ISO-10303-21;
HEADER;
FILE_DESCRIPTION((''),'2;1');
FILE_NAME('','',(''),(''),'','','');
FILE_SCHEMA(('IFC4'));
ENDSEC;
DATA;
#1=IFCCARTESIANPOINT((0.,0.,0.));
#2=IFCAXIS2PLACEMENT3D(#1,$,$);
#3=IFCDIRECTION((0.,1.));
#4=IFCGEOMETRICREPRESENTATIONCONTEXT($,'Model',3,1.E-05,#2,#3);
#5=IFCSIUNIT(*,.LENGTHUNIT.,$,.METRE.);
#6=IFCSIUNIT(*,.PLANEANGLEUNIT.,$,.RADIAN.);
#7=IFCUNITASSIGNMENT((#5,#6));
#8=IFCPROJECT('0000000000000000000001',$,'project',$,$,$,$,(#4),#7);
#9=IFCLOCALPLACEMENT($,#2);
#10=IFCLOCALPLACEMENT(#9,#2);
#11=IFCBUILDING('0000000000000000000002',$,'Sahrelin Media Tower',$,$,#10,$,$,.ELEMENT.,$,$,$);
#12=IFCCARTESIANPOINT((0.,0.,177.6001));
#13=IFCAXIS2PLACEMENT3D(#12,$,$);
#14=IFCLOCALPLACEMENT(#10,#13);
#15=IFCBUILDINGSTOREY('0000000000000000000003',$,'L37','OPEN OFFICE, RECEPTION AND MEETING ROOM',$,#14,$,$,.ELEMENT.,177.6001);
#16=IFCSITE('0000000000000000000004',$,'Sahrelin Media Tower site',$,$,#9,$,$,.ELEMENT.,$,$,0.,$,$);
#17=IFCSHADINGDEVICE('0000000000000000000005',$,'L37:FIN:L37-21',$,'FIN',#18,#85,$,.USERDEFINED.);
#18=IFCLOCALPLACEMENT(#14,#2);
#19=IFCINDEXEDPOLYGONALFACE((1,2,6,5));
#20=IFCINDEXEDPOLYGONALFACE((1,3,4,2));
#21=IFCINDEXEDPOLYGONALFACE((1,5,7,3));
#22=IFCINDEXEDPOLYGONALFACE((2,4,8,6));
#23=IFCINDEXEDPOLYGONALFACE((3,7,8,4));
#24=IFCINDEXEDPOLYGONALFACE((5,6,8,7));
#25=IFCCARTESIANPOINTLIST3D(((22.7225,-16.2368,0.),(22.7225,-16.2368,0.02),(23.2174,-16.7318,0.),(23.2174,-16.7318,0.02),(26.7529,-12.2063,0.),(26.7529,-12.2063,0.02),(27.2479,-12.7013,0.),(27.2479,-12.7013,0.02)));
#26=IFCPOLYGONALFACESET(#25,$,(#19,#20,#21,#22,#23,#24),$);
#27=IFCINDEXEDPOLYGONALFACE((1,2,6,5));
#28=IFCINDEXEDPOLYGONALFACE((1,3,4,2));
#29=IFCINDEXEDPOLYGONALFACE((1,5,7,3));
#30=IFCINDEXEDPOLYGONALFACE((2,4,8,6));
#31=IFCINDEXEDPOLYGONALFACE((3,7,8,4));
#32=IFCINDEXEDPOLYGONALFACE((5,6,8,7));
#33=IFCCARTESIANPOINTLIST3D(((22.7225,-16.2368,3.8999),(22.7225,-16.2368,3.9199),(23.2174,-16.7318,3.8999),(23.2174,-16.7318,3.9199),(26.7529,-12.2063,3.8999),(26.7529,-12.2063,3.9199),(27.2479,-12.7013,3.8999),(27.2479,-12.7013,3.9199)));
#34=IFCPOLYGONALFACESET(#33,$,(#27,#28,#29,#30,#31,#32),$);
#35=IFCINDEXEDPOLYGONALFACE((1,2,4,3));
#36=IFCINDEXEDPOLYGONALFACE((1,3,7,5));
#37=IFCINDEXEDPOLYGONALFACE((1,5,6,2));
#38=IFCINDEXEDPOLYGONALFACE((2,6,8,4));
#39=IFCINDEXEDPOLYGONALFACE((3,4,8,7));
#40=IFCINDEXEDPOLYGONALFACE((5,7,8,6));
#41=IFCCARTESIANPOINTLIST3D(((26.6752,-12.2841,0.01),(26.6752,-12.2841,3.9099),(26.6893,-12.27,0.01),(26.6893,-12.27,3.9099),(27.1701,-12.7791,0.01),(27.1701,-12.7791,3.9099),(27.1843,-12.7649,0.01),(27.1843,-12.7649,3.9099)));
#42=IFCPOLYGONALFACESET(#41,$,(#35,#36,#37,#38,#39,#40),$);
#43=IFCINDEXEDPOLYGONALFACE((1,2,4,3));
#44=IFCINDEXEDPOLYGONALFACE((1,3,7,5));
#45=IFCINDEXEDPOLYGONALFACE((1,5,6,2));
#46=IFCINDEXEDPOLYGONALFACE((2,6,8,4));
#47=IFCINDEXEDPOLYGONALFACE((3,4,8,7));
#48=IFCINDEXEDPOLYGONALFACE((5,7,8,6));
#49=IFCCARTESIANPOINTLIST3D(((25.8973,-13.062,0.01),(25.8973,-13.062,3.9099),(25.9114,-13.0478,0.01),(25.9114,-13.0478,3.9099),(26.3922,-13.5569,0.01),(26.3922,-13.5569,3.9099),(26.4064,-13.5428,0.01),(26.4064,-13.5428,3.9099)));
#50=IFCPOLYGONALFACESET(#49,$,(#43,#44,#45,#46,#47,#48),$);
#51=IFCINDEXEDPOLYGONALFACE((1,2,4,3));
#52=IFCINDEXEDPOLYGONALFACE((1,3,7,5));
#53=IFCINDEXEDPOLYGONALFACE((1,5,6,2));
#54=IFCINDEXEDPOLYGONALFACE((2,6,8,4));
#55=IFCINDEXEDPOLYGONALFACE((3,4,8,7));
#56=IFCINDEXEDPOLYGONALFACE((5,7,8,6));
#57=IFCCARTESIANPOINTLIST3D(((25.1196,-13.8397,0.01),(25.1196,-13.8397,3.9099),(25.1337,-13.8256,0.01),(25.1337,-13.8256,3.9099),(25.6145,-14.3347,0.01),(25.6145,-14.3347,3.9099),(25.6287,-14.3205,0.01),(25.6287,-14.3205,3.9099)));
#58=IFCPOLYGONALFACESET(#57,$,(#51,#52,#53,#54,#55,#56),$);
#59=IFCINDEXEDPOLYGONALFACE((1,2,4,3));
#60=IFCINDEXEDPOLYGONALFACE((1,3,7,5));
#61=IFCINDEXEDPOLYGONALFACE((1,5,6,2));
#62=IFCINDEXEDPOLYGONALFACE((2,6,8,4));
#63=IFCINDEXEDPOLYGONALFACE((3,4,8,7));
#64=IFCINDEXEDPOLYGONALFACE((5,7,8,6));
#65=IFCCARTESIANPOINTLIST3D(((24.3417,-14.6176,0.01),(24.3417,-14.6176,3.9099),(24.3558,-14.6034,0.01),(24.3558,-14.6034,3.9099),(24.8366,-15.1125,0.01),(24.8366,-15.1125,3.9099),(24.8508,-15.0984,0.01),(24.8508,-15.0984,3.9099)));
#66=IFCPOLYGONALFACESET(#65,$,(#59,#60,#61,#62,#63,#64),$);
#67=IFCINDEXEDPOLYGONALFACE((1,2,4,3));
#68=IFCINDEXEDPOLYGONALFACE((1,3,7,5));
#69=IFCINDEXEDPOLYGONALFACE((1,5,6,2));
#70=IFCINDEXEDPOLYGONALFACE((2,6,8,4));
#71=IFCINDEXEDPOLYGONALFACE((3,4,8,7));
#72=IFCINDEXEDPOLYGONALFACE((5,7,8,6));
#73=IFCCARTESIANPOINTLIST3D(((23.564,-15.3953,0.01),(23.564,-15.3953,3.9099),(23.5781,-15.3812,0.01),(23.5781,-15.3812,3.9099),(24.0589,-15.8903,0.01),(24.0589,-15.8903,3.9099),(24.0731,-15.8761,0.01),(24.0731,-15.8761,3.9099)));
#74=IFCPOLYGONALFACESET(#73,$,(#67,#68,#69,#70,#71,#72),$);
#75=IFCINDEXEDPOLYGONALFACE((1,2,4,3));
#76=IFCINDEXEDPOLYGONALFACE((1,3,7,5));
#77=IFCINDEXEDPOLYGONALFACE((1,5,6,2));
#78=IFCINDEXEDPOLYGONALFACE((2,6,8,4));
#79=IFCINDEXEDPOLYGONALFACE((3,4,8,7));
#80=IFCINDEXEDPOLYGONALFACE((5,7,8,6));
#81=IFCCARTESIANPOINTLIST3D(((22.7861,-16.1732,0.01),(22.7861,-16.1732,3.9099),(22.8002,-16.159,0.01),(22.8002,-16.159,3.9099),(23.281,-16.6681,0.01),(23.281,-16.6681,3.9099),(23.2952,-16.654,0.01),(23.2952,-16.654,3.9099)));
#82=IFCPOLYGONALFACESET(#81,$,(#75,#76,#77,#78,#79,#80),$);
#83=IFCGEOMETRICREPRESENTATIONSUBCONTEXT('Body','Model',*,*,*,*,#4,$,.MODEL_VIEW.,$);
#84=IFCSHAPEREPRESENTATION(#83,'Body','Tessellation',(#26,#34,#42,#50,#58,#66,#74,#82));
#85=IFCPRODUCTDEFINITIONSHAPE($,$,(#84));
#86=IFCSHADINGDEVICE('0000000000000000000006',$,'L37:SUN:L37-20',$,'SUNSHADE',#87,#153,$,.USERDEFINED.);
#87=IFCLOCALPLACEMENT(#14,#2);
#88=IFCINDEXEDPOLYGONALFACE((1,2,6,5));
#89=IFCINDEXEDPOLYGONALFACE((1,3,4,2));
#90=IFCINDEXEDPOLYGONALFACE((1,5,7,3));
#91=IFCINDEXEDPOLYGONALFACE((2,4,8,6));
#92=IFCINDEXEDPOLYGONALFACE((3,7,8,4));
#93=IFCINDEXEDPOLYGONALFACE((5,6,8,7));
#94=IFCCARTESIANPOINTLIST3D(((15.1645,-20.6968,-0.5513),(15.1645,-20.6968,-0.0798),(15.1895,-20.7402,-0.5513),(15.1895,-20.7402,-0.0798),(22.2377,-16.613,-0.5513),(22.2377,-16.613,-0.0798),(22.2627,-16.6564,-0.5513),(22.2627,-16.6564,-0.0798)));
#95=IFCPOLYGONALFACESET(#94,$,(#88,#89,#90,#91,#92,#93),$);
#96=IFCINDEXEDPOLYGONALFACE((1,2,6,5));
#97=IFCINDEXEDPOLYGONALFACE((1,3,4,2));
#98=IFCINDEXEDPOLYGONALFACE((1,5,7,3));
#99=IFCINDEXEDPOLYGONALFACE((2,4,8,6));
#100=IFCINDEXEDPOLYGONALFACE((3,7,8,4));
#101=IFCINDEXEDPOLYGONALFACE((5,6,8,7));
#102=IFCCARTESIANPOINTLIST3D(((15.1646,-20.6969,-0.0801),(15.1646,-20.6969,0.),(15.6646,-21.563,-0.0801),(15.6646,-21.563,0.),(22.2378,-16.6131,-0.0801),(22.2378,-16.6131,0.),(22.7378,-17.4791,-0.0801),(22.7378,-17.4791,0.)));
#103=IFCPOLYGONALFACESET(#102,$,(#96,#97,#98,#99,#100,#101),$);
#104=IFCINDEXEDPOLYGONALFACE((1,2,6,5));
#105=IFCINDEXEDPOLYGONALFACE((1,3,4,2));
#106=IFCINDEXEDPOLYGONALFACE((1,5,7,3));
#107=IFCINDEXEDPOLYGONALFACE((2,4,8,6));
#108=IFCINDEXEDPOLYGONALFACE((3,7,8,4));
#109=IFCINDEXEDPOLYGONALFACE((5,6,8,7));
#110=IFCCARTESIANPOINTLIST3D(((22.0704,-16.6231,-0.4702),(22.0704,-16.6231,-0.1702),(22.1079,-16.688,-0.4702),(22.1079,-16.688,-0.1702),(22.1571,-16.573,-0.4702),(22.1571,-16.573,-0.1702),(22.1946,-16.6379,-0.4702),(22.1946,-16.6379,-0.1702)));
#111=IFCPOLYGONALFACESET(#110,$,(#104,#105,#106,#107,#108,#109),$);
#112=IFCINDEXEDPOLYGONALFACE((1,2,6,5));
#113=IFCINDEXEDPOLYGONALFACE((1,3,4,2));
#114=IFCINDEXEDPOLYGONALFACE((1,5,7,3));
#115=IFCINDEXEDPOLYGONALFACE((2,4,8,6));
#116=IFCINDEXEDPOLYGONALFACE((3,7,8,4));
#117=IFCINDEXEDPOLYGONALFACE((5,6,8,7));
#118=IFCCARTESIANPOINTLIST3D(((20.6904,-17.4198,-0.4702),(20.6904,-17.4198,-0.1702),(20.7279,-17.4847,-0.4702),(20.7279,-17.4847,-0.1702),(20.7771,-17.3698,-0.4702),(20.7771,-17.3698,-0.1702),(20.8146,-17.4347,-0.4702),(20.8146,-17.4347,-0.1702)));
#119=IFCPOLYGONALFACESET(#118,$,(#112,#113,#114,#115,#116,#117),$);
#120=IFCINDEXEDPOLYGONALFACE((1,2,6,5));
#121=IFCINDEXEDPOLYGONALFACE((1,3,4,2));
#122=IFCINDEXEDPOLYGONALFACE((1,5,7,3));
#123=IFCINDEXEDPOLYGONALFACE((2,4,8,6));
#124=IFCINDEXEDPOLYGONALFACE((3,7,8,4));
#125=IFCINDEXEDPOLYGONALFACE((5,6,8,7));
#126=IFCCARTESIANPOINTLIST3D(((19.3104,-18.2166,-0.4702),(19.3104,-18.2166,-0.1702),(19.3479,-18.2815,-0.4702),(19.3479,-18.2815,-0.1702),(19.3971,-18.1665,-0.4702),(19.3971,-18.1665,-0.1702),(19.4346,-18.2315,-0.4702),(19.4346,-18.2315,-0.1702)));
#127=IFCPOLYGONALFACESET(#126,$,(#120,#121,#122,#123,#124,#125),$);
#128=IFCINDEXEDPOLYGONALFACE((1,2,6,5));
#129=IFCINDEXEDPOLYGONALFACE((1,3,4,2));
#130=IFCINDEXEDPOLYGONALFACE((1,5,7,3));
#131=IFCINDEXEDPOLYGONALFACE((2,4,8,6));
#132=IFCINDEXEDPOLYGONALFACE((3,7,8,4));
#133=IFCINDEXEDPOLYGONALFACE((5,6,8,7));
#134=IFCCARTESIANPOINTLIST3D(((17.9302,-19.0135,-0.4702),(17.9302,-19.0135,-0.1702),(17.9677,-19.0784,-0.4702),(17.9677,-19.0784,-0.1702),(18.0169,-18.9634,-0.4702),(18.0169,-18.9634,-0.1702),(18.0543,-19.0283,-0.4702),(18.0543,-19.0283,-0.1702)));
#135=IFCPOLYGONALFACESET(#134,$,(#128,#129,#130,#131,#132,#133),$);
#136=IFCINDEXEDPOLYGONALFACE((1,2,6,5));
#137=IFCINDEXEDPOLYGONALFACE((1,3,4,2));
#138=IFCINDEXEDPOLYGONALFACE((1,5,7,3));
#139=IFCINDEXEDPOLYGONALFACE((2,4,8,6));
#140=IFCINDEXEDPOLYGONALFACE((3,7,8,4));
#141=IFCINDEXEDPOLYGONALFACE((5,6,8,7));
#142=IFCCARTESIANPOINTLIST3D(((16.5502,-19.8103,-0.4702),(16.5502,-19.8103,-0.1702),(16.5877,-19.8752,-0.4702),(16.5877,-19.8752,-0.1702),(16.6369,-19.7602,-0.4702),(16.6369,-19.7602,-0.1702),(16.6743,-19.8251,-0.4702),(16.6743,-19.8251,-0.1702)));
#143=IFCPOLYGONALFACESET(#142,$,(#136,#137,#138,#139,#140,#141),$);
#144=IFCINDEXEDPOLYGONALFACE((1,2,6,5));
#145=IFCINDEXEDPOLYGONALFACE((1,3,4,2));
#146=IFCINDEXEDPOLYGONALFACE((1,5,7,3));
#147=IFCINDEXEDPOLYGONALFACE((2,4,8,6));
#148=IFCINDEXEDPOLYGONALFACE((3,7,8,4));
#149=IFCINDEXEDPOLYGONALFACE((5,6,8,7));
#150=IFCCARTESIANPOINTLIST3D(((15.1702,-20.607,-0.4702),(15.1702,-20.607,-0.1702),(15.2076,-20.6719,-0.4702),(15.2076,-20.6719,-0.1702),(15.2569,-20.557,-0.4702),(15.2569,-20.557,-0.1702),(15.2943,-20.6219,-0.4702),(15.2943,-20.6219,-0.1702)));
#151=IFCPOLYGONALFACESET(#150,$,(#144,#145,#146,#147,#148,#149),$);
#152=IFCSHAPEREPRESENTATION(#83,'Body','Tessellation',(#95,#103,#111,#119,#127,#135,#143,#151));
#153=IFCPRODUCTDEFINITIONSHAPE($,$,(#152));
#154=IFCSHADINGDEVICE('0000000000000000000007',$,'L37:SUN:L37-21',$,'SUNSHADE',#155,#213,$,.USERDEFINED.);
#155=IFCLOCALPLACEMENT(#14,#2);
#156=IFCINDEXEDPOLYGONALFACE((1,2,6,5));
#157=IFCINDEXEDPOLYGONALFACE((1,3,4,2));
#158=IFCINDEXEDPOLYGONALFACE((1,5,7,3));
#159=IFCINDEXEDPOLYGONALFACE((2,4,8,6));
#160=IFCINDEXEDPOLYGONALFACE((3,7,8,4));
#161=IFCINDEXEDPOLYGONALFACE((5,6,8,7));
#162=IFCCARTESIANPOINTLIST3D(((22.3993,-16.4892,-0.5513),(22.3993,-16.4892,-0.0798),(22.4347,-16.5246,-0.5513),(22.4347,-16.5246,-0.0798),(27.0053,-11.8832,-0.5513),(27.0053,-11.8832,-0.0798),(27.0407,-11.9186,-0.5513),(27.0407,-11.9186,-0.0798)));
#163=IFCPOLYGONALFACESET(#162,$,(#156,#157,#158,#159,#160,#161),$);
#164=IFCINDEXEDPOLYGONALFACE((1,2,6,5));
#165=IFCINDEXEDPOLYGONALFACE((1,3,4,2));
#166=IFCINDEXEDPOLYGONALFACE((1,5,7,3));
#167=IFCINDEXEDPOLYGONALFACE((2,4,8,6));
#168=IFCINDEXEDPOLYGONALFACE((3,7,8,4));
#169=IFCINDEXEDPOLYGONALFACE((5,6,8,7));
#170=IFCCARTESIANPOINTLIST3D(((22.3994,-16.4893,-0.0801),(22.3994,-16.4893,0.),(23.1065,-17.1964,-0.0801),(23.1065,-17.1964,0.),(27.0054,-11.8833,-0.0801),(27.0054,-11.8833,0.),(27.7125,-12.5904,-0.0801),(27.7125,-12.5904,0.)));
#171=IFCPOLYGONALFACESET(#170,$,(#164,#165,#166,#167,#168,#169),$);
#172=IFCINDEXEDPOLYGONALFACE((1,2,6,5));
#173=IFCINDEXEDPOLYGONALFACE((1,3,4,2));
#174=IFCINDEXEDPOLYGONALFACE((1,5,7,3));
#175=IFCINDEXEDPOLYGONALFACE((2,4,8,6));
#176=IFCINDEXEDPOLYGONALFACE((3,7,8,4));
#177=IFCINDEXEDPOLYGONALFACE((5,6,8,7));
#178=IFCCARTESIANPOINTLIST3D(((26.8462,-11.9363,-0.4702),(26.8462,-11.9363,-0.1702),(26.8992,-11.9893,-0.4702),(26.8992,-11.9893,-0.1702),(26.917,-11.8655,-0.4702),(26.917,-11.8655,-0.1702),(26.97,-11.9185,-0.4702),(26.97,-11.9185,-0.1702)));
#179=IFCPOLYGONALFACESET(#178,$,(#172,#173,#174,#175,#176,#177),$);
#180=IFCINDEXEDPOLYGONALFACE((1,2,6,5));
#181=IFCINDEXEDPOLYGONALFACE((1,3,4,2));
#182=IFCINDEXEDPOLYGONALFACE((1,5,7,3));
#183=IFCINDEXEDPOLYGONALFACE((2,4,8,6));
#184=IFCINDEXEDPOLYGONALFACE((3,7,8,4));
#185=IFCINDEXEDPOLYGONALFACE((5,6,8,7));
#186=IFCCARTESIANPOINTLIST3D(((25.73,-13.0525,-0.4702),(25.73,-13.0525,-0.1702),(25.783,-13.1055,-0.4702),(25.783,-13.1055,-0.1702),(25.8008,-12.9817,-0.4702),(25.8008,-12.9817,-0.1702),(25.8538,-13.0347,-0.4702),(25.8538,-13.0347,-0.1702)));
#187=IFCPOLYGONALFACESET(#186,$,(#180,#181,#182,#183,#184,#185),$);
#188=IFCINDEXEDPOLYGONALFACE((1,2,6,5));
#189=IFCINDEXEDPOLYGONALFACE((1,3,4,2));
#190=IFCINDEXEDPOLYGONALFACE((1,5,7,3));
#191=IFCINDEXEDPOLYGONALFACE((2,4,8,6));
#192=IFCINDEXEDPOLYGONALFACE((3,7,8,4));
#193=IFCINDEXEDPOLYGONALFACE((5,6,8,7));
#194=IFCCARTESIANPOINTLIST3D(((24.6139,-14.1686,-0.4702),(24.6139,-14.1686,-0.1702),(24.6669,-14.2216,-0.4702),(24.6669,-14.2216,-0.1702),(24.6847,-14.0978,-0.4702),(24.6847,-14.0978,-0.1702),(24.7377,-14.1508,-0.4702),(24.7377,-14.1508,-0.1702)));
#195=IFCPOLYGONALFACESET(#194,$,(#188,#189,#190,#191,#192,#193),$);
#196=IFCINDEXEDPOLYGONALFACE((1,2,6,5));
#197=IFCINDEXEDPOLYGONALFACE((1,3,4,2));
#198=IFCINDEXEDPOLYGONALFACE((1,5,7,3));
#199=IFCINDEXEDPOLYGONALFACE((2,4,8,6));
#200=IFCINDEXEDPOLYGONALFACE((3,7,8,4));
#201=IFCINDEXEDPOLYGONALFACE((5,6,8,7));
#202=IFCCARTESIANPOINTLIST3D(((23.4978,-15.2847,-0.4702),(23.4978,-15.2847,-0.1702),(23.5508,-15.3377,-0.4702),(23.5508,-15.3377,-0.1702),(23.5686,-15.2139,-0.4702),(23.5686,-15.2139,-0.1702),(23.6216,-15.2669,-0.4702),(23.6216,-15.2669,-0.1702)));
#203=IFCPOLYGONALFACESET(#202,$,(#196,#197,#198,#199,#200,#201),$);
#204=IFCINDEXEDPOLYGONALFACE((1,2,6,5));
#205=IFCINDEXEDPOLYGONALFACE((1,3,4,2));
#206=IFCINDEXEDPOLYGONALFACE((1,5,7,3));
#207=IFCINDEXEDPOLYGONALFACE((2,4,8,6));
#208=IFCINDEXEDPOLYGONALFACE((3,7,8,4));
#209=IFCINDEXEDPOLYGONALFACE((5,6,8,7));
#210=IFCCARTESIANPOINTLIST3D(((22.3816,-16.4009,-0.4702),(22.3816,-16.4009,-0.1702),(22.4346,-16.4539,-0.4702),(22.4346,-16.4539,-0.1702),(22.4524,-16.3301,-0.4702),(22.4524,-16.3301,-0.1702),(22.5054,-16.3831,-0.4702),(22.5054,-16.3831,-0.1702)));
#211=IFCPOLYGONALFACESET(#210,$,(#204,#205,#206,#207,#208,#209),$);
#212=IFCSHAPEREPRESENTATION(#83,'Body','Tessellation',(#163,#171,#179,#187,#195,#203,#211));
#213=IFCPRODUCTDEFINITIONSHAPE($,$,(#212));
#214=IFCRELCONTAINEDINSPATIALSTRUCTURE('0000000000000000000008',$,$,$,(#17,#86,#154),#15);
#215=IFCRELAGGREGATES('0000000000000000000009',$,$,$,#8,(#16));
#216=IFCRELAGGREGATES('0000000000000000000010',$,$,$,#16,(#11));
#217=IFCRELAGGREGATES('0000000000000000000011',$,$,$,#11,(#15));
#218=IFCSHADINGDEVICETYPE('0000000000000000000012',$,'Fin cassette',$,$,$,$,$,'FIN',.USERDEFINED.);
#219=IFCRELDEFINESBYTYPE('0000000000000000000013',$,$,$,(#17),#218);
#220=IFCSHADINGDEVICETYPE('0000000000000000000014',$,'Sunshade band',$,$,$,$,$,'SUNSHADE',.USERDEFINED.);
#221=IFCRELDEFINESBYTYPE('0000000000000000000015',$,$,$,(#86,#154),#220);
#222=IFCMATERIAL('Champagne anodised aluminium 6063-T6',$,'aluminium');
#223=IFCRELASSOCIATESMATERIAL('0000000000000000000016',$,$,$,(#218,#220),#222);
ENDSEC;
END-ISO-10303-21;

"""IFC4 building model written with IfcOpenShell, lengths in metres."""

from ifc_helpers import new_model, si_unit, direction, frame, origin, origin_2d, place, context, subcontext, project, spatial, rectangle, extrude, material, type_object, element, save


model = new_model("IFC4")

# Units and contexts
model_context = context("Model", 3, precision=1e-05, world=origin(), true_north=direction((0.0, 1.0)))
body_context = subcontext(model_context, "Body", "Model", "MODEL_VIEW")
ifc_project = project(units=[si_unit("LENGTHUNIT", "METRE"), si_unit("PLANEANGLEUNIT", "RADIAN")], contexts=[model_context])

# Site, building, storey
site_placement = place(None, origin())
site = spatial("IfcSite", under=ifc_project, at=site_placement, Name="Sahrelin Media Tower site", CompositionType="ELEMENT", RefElevation=0.0)
building_placement = place(site_placement, origin())
building = spatial("IfcBuilding", under=site, at=building_placement, Name="Sahrelin Media Tower", CompositionType="ELEMENT")
storey_placement = place(building_placement, frame((0.0, 0.0, 177.6001)))
storey = spatial("IfcBuildingStorey", under=building, at=storey_placement, Name="L37", Description="OPEN OFFICE, RECEPTION AND MEETING ROOM", CompositionType="ELEMENT", Elevation=177.6001)

# Shared definitions
ifc_material_1 = material(Name="Champagne anodised aluminium 6063-T6", Category="aluminium")

# Shading devices
shading_device_type_1 = type_object("IfcShadingDeviceType", Name="Fin cassette", ElementType="FIN", PredefinedType="USERDEFINED", material=ifc_material_1)
placement_1 = place(storey_placement, frame((18.6912, -18.6377, 0.0), z_axis=(0.0, 0.0, 1.0), x_axis=(-0.866019, -0.500011, 0.0)))
placement_2 = place(storey_placement, frame((24.6882, -14.1721, 0.0), z_axis=(0.0, 0.0, 1.0), x_axis=(-0.707107, -0.707107, 0.0)))
element("IfcShadingDevice", 1, at=placement_2, inside=storey, type_object=shading_device_type_1, Name="L37:FIN:L37-21", ObjectType="FIN", PredefinedType="USERDEFINED", context=body_context, shape_type="SweptSolid", body=[
    extrude(rectangle(XDim=5.7, YDim=0.7, at=origin_2d()), frame((0.0, 0.4199, 0.0)), (0.0, 0.0, 1.0), 0.02),
    extrude(rectangle(XDim=5.7, YDim=0.7, at=origin_2d()), frame((0.0, 0.4199, 3.8999)), (0.0, 0.0, 1.0), 0.02),
    extrude(rectangle(XDim=0.02, YDim=0.7, at=origin_2d()), frame((-2.75, 0.4199, 0.01), z_axis=(0.0, 0.0, 1.0), x_axis=(1.0, 0.0, 0.0)), (0.0, 0.0, 1.0), 3.8999),
    extrude(rectangle(XDim=0.02, YDim=0.7, at=origin_2d()), frame((-1.6499, 0.4199, 0.01), z_axis=(0.0, 0.0, 1.0), x_axis=(1.0, 0.0, 0.0)), (0.0, 0.0, 1.0), 3.8999),
    extrude(rectangle(XDim=0.02, YDim=0.7, at=origin_2d()), frame((-0.55, 0.4199, 0.01), z_axis=(0.0, 0.0, 1.0), x_axis=(1.0, 0.0, 0.0)), (0.0, 0.0, 1.0), 3.8999),
    extrude(rectangle(XDim=0.02, YDim=0.7, at=origin_2d()), frame((0.55, 0.4199, 0.01), z_axis=(0.0, 0.0, 1.0), x_axis=(1.0, 0.0, 0.0)), (0.0, 0.0, 1.0), 3.8999),
    extrude(rectangle(XDim=0.02, YDim=0.7, at=origin_2d()), frame((1.6499, 0.4199, 0.01), z_axis=(0.0, 0.0, 1.0), x_axis=(1.0, 0.0, 0.0)), (0.0, 0.0, 1.0), 3.8999),
    extrude(rectangle(XDim=0.02, YDim=0.7, at=origin_2d()), frame((2.75, 0.4199, 0.01), z_axis=(0.0, 0.0, 1.0), x_axis=(1.0, 0.0, 0.0)), (0.0, 0.0, 1.0), 3.8999),
])
shading_device_type_2 = type_object("IfcShadingDeviceType", Name="Sunshade band", ElementType="SUNSHADE", PredefinedType="USERDEFINED", material=ifc_material_1)
element("IfcShadingDevice", 2, at=placement_1, inside=storey, type_object=shading_device_type_2, Name="L37:SUN:L37-20", ObjectType="SUNSHADE", PredefinedType="USERDEFINED", context=body_context, shape_type="SweptSolid", body=[
    extrude(rectangle(XDim=8.1675, YDim=0.05, at=origin_2d()), frame((0.0, 0.0449, -0.5513)), (0.0, 0.0, 1.0), 0.4714),
    extrude(rectangle(XDim=8.1675, YDim=1.0, at=origin_2d()), frame((0.0, 0.52, -0.0801)), (0.0, 0.0, 1.0), 0.0801),
    extrude(rectangle(XDim=0.1001, YDim=0.075, at=origin_2d()), frame((-3.9839, -0.0176, -0.4702)), (0.0, 0.0, 1.0), 0.3),
    extrude(rectangle(XDim=0.1001, YDim=0.075, at=origin_2d()), frame((-2.3904, -0.0176, -0.4702)), (0.0, 0.0, 1.0), 0.3),
    extrude(rectangle(XDim=0.1001, YDim=0.075, at=origin_2d()), frame((-0.7969, -0.0176, -0.4702)), (0.0, 0.0, 1.0), 0.3),
    extrude(rectangle(XDim=0.1001, YDim=0.075, at=origin_2d()), frame((0.7969, -0.0176, -0.4702)), (0.0, 0.0, 1.0), 0.3),
    extrude(rectangle(XDim=0.1001, YDim=0.075, at=origin_2d()), frame((2.3904, -0.0176, -0.4702)), (0.0, 0.0, 1.0), 0.3),
    extrude(rectangle(XDim=0.1001, YDim=0.075, at=origin_2d()), frame((3.9839, -0.0176, -0.4702)), (0.0, 0.0, 1.0), 0.3),
])
element("IfcShadingDevice", 3, at=placement_2, inside=storey, type_object=shading_device_type_2, Name="L37:SUN:L37-21", ObjectType="SUNSHADE", PredefinedType="USERDEFINED", context=body_context, shape_type="SweptSolid", body=[
    extrude(rectangle(XDim=6.5139, YDim=0.05, at=origin_2d()), frame((0.0, 0.0449, -0.5513)), (0.0, 0.0, 1.0), 0.4714),
    extrude(rectangle(XDim=6.5139, YDim=1.0, at=origin_2d()), frame((0.0, 0.52, -0.0801)), (0.0, 0.0, 1.0), 0.0801),
    extrude(rectangle(XDim=0.1001, YDim=0.075, at=origin_2d()), frame((-3.157, -0.0176, -0.4702)), (0.0, 0.0, 1.0), 0.3),
    extrude(rectangle(XDim=0.1001, YDim=0.075, at=origin_2d()), frame((-1.5784, -0.0176, -0.4702)), (0.0, 0.0, 1.0), 0.3),
    extrude(rectangle(XDim=0.1001, YDim=0.075, at=origin_2d()), frame((0.0, -0.0176, -0.4702)), (0.0, 0.0, 1.0), 0.3),
    extrude(rectangle(XDim=0.1001, YDim=0.075, at=origin_2d()), frame((1.5784, -0.0176, -0.4702)), (0.0, 0.0, 1.0), 0.3),
    extrude(rectangle(XDim=0.1001, YDim=0.075, at=origin_2d()), frame((3.157, -0.0176, -0.4702)), (0.0, 0.0, 1.0), 0.3),
])

save(model, "model.ifc")
